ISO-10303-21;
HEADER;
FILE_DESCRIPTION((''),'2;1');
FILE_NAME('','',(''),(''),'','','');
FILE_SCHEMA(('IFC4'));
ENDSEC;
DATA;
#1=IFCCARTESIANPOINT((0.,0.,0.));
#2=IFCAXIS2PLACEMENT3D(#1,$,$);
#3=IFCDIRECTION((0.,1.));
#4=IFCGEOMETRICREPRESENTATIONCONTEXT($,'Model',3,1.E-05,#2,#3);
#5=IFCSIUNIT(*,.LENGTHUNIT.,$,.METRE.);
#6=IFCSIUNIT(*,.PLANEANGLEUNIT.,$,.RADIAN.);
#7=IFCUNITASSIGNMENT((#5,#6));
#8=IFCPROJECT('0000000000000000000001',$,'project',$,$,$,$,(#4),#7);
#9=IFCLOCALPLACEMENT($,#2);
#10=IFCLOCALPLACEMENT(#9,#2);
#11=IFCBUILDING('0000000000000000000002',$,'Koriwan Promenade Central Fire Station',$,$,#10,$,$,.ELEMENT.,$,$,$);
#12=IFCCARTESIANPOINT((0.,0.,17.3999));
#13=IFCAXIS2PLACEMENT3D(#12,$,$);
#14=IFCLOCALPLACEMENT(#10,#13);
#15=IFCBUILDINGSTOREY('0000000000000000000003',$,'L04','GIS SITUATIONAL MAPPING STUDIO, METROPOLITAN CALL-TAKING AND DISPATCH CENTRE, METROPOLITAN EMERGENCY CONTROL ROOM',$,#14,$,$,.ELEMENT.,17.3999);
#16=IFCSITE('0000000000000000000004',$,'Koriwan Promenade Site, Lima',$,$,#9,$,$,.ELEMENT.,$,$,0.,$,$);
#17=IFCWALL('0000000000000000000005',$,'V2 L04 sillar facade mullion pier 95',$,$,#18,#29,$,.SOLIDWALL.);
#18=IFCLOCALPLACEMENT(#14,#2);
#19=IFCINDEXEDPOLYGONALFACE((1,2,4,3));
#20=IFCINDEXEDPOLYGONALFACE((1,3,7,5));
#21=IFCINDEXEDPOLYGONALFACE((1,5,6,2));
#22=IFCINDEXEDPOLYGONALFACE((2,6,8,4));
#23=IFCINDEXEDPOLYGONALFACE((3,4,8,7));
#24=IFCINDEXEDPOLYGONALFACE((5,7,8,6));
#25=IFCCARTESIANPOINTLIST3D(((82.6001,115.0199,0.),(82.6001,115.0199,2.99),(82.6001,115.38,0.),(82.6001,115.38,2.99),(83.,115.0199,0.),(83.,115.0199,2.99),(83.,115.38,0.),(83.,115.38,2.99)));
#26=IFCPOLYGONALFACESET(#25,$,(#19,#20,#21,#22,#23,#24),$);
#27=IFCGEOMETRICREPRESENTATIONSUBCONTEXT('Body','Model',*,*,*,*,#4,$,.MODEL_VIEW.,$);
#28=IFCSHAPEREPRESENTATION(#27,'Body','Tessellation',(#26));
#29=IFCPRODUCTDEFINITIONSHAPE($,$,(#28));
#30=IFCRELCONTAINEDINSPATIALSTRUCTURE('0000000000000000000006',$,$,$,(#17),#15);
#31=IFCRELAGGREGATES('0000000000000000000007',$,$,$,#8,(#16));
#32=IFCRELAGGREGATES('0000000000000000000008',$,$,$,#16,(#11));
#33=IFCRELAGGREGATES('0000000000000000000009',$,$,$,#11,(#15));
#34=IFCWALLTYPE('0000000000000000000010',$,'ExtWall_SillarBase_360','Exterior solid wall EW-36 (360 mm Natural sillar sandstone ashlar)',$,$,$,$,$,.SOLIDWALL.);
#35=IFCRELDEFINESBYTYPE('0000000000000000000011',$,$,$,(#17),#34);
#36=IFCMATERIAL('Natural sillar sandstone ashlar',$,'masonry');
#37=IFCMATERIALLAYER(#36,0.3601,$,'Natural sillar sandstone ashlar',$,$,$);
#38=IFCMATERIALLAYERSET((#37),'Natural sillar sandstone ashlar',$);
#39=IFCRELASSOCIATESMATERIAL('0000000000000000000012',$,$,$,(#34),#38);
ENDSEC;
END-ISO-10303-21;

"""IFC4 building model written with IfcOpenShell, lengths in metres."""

from ifc_helpers import new_model, si_unit, direction, frame, frame_2d, origin, place, context, subcontext, project, spatial, rectangle, extrude, material, layer, layer_set, type_object, element, save


model = new_model("IFC4")

# Units and contexts
model_context = context("Model", 3, precision=1e-05, world=origin(), true_north=direction((0.0, 1.0)))
body_context = subcontext(model_context, "Body", "Model", "MODEL_VIEW")
ifc_project = project(units=[si_unit("LENGTHUNIT", "METRE"), si_unit("PLANEANGLEUNIT", "RADIAN")], contexts=[model_context])

# Site, building, storey
site_placement = place(None, origin())
site = spatial("IfcSite", under=ifc_project, at=site_placement, Name="Koriwan Promenade Site, Lima", CompositionType="ELEMENT", RefElevation=0.0)
building_placement = place(site_placement, origin())
building = spatial("IfcBuilding", under=site, at=building_placement, Name="Koriwan Promenade Central Fire Station", CompositionType="ELEMENT")
storey_placement = place(building_placement, frame((0.0, 0.0, 17.3999)))
storey = spatial("IfcBuildingStorey", under=building, at=storey_placement, Name="L04", Description="GIS SITUATIONAL MAPPING STUDIO, METROPOLITAN CALL-TAKING AND DISPATCH CENTRE, METROPOLITAN EMERGENCY CONTROL ROOM", CompositionType="ELEMENT", Elevation=17.3999)

# Wall
ifc_material_1 = material(Name="Natural sillar sandstone ashlar", Category="masonry")
ifc_layer_1 = layer(ifc_material_1, 0.3601, Name="Natural sillar sandstone ashlar")
ifc_layer_set_1 = layer_set([ifc_layer_1], Name="Natural sillar sandstone ashlar")
wall_type = type_object("IfcWallType", Name="ExtWall_SillarBase_360", Description="Exterior solid wall EW-36 (360 mm Natural sillar sandstone ashlar)", PredefinedType="SOLIDWALL", material=ifc_layer_set_1)
wall_placement = place(storey_placement, frame((83.0, 115.2, 0.0), z_axis=(0.0, 0.0, 1.0), x_axis=(-1.0, 0.0, 0.0)))
element("IfcWall", 1, at=wall_placement, inside=storey, type_object=wall_type, Name="V2 L04 sillar facade mullion pier 95", PredefinedType="SOLIDWALL", context=body_context, shape_type="SweptSolid", body=[
    extrude(rectangle(XDim=0.3999, YDim=0.3601, at=frame_2d((0.2, 0.0))), origin(), (0.0, 0.0, 1.0), 2.99),
])

save(model, "model.ifc")
